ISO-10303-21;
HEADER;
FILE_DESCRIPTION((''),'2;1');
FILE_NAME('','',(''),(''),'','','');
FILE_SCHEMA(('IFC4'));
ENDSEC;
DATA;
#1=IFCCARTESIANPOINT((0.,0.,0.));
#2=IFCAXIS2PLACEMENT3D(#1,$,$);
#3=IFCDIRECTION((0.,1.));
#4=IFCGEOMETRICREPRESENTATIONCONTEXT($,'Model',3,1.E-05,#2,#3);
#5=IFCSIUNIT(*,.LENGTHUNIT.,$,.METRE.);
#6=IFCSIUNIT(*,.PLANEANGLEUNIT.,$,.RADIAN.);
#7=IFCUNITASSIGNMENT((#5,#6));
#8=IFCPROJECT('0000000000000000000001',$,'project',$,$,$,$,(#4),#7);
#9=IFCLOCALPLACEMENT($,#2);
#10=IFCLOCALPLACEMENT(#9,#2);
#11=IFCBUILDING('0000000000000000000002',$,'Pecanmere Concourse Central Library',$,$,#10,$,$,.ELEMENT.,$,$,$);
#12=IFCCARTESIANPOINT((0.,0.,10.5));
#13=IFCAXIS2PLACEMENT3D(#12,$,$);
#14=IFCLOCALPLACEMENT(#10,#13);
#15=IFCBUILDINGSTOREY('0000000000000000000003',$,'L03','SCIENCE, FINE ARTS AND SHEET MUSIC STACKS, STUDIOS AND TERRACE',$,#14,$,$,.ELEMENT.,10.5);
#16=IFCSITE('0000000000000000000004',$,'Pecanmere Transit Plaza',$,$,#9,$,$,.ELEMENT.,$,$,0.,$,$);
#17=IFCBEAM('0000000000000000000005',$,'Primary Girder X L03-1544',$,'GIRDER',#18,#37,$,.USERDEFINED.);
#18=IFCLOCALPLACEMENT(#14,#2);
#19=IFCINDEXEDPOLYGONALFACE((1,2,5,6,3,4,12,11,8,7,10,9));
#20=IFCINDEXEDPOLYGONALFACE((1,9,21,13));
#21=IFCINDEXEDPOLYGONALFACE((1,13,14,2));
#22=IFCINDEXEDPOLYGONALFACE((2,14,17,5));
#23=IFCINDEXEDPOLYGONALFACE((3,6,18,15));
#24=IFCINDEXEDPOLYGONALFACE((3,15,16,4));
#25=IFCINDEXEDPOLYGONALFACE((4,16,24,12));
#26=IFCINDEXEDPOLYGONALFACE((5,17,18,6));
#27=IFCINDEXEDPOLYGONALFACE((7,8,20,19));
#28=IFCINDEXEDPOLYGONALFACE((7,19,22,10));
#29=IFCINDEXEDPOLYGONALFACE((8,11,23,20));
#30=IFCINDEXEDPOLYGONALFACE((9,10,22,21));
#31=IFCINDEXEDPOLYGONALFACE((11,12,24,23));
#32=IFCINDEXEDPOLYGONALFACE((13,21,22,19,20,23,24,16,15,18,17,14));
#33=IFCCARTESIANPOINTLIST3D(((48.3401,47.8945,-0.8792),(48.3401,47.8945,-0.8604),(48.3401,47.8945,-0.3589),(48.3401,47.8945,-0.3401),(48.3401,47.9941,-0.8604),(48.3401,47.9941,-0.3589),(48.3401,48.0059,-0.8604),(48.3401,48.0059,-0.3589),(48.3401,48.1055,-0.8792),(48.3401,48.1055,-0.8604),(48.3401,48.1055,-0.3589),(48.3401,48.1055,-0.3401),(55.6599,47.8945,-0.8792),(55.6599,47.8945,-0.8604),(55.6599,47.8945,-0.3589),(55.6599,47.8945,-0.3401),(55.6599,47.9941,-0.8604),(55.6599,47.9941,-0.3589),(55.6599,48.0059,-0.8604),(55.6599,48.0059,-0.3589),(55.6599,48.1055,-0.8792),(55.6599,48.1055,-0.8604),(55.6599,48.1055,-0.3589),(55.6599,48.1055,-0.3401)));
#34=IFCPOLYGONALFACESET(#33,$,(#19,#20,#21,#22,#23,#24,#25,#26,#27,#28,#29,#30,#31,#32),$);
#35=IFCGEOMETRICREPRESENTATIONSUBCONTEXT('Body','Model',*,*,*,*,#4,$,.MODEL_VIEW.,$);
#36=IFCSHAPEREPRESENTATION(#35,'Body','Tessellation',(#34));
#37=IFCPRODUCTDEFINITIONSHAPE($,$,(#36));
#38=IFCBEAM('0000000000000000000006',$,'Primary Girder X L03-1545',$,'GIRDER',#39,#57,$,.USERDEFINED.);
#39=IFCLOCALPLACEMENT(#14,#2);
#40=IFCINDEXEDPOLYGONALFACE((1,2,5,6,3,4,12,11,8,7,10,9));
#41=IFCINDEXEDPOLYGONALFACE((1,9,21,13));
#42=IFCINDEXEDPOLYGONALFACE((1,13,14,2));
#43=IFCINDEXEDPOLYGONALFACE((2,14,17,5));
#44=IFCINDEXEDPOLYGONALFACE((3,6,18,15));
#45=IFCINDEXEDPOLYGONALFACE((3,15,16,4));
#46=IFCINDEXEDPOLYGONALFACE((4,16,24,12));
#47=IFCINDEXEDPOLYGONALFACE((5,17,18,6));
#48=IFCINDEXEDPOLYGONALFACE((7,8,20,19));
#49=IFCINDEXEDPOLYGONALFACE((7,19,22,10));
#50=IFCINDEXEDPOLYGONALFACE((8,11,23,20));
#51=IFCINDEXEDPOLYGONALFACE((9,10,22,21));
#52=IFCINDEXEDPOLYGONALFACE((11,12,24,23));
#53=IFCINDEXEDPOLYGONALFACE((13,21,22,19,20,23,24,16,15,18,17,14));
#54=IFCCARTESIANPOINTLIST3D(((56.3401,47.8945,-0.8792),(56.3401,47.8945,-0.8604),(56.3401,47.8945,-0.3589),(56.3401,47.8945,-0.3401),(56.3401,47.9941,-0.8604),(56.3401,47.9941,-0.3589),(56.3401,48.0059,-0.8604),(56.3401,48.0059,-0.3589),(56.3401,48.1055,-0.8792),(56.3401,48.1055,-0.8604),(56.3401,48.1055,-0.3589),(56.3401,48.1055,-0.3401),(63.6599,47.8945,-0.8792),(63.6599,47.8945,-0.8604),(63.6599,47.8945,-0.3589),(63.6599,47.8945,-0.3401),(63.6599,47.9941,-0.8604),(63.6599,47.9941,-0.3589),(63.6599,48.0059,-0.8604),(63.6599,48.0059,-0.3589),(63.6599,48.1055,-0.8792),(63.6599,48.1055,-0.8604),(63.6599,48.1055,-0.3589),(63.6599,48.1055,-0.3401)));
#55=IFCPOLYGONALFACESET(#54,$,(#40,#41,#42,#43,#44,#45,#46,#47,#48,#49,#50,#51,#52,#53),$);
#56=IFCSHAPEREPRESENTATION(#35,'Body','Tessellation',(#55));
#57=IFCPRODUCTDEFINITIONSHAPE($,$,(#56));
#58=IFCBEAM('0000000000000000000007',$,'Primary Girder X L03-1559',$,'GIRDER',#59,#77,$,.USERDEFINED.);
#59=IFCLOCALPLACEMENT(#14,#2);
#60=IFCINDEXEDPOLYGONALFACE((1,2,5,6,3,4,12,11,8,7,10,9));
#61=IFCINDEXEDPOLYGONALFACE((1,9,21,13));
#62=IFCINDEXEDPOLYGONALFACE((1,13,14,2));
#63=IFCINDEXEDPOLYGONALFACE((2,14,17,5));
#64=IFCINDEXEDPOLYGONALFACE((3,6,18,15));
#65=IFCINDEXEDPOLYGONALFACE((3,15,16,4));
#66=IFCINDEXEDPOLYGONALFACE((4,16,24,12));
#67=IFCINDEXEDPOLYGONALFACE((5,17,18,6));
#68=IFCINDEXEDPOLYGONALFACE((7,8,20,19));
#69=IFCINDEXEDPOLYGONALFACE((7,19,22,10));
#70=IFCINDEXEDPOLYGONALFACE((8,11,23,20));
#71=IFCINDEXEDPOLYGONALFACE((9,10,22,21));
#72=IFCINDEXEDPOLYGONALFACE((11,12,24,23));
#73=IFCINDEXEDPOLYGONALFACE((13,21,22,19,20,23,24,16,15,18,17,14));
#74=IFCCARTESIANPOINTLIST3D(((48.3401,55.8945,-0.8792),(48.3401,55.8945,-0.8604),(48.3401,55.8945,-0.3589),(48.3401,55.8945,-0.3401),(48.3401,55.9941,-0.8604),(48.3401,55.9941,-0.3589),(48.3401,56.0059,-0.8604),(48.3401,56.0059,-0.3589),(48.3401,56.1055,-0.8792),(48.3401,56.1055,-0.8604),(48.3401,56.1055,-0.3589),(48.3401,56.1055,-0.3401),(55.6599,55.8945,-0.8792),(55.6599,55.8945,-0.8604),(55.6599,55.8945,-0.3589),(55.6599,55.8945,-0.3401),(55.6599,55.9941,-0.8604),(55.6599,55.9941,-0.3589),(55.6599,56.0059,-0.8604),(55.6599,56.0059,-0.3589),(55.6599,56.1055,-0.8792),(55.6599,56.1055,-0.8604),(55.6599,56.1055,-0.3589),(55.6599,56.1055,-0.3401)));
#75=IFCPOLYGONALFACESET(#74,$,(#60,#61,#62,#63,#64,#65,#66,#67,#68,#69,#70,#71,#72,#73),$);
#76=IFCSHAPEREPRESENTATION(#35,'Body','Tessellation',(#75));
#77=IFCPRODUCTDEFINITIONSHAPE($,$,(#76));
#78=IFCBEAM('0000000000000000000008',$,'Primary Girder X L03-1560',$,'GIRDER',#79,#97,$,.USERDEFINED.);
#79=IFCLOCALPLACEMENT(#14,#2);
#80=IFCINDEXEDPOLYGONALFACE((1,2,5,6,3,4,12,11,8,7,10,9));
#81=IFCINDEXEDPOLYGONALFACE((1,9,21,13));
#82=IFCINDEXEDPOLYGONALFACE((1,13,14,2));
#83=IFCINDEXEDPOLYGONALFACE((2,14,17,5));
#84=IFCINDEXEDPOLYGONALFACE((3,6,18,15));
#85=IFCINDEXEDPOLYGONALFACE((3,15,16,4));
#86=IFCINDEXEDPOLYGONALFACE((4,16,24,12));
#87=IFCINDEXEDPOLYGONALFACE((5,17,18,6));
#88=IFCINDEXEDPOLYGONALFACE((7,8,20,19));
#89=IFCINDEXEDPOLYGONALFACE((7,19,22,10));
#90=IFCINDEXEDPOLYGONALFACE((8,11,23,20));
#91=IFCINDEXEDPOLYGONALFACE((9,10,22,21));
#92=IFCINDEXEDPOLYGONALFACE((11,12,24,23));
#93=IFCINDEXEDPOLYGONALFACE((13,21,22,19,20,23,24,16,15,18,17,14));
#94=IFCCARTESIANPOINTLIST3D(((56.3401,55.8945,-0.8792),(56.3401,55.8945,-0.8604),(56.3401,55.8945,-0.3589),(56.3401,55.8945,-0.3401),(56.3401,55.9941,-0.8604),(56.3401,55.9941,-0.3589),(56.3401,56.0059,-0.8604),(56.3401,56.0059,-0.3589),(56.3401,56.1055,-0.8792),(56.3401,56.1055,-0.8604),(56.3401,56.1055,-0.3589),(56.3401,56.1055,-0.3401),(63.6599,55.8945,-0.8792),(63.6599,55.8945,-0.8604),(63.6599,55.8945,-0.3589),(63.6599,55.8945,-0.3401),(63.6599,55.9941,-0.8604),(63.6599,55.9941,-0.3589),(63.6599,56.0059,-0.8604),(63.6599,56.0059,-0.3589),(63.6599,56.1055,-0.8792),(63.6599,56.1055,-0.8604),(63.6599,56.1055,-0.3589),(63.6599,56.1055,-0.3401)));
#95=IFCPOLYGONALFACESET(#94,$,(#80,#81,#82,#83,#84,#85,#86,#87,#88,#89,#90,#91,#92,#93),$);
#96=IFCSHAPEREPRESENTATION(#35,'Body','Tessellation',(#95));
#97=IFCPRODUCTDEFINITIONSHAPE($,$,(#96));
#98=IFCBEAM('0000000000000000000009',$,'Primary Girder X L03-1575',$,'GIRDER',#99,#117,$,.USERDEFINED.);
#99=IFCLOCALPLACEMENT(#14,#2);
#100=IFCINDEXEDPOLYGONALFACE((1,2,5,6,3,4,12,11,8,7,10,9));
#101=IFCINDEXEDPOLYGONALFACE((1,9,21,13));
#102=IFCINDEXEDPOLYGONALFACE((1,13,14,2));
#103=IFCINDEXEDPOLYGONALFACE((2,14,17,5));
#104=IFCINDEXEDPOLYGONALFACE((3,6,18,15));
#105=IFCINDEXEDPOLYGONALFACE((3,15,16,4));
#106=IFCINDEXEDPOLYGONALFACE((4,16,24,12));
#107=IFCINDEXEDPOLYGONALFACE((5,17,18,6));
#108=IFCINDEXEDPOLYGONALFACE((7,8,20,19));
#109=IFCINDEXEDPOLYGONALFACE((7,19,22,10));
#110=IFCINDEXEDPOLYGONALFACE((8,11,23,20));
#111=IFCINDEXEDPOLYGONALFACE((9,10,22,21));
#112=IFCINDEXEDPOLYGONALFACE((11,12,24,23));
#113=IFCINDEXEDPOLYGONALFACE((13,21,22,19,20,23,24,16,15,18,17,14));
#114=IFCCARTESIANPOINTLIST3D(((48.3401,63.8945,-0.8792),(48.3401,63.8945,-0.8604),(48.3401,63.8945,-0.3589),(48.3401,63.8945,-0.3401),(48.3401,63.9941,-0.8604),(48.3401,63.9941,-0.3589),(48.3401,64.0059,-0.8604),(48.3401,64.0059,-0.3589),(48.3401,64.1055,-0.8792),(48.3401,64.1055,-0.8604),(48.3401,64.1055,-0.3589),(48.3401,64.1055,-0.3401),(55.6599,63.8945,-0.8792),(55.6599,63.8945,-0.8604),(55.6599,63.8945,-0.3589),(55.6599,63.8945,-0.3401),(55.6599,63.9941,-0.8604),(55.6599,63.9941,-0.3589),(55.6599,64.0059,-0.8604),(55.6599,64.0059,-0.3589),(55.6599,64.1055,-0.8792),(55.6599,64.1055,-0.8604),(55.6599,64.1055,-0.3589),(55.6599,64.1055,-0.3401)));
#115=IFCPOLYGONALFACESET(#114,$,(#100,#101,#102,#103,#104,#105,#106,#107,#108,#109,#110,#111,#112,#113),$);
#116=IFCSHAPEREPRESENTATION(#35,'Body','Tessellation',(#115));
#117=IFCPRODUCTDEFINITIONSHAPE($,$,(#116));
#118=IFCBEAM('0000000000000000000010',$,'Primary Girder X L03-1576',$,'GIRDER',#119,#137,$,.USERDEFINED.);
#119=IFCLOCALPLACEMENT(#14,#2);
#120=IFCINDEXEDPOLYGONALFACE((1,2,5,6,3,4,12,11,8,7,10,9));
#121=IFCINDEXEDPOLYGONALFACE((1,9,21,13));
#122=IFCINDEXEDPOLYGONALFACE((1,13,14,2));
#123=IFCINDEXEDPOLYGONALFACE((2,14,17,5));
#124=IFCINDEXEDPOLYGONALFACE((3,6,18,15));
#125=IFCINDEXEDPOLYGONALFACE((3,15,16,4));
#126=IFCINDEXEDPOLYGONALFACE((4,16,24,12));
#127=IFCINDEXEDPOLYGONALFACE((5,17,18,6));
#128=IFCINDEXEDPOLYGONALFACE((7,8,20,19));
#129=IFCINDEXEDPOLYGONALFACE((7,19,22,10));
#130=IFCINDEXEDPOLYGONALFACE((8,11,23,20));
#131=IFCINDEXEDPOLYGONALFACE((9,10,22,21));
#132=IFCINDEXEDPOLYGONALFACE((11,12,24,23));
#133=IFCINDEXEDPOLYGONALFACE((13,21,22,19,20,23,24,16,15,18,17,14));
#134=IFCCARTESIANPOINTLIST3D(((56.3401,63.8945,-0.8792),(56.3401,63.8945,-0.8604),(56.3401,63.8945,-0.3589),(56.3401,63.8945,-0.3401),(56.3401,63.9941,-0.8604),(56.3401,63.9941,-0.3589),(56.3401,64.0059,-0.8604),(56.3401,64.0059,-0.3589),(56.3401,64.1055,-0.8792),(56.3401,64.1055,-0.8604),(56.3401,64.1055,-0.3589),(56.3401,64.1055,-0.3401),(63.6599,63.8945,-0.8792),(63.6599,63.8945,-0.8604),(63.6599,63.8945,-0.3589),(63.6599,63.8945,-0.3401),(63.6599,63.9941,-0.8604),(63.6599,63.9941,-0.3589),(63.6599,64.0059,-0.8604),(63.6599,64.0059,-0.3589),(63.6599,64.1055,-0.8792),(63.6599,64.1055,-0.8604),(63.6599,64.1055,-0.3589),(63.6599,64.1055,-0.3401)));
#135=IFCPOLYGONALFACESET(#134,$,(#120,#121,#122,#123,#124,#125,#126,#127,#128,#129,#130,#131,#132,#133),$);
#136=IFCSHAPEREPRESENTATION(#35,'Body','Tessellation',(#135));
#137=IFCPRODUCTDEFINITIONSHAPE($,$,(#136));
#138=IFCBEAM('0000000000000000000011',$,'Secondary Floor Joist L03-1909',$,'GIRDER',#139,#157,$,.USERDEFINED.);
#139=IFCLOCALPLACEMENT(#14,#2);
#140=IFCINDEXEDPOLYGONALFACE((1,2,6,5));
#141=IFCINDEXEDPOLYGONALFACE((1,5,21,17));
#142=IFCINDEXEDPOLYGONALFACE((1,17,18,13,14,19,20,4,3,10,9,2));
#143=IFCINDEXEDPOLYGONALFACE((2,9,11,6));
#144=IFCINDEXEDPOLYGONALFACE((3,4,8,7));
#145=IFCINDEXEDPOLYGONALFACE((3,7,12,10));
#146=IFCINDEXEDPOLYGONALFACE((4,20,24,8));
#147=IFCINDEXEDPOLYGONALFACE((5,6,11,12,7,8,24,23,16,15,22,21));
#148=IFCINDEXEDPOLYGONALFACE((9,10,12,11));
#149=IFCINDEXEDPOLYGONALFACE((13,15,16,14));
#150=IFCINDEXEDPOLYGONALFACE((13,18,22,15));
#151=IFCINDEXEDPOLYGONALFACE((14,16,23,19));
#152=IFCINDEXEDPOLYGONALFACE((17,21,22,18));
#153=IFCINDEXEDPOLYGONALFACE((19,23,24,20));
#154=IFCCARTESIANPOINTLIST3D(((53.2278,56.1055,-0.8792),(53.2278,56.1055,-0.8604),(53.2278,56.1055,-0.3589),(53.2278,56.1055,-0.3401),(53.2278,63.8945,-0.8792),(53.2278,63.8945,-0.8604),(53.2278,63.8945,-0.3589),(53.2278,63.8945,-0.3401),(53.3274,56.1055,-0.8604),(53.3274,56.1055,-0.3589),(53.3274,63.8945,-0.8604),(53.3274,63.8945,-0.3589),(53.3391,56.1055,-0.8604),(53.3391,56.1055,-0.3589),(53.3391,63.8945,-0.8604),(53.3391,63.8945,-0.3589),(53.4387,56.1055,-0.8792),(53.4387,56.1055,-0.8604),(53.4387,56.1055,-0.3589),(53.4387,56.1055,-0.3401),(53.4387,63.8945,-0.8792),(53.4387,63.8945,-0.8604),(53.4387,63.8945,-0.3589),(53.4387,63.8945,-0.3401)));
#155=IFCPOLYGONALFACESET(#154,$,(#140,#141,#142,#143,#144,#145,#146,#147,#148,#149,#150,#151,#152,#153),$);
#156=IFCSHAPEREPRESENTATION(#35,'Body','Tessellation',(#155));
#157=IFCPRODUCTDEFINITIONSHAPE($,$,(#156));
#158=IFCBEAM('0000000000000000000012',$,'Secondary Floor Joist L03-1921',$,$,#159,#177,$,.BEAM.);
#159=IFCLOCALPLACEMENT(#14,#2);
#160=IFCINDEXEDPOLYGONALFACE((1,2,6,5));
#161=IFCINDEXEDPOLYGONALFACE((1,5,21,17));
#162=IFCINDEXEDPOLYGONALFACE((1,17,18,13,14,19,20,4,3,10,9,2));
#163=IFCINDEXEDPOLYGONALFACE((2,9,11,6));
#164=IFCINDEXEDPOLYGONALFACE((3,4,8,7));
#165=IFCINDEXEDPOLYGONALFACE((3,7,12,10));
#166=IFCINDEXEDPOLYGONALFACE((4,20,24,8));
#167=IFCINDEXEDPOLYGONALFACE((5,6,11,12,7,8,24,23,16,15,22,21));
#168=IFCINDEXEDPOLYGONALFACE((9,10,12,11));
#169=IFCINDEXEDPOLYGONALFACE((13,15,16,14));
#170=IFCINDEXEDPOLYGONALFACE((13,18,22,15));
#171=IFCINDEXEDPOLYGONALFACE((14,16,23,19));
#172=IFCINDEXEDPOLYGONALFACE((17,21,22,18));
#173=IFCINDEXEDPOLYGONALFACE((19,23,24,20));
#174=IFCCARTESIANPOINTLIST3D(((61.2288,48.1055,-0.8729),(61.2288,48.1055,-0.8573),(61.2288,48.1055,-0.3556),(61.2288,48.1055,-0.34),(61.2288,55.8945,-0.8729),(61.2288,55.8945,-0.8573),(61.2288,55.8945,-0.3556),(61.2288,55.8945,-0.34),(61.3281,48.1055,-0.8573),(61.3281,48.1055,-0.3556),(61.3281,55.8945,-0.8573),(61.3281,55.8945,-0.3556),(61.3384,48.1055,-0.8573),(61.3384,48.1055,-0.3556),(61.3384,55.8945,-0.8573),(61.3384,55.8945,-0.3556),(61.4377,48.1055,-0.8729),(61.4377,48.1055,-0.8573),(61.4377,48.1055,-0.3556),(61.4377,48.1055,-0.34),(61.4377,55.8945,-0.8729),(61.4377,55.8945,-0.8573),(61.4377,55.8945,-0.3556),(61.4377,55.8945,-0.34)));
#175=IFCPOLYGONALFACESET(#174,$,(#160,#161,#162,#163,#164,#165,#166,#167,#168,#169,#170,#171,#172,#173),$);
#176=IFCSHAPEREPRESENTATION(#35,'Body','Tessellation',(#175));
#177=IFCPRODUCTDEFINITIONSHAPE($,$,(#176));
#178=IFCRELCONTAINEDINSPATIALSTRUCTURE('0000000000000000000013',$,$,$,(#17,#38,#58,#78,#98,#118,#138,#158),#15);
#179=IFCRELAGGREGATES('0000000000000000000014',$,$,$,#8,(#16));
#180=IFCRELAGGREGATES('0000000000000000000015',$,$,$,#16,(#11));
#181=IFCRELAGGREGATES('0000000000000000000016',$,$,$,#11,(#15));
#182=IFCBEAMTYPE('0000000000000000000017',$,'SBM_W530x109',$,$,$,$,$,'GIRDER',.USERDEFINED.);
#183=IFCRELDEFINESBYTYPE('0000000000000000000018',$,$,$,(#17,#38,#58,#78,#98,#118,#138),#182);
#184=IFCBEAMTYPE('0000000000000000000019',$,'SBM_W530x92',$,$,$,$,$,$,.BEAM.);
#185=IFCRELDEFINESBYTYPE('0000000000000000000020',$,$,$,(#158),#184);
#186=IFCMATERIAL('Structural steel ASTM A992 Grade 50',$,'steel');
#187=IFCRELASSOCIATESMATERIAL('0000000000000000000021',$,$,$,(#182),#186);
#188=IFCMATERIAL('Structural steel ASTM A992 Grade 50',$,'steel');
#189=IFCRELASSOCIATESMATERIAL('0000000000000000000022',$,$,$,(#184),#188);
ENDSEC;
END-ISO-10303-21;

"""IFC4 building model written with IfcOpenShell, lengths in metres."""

from ifc_helpers import new_model, si_unit, direction, frame, origin, origin_2d, place, context, subcontext, project, spatial, i_section, extrude, material, material_profile, profile_set, type_object, element, save


model = new_model("IFC4")

# Units and contexts
model_context = context("Model", 3, precision=1e-05, world=origin(), true_north=direction((0.0, 1.0)))
body_context = subcontext(model_context, "Body", "Model", "MODEL_VIEW")
ifc_project = project(units=[si_unit("LENGTHUNIT", "METRE"), si_unit("PLANEANGLEUNIT", "RADIAN")], contexts=[model_context])

# Site, building, storey
site_placement = place(None, origin())
site = spatial("IfcSite", under=ifc_project, at=site_placement, Name="Pecanmere Transit Plaza", CompositionType="ELEMENT", RefElevation=0.0)
building_placement = place(site_placement, origin())
building = spatial("IfcBuilding", under=site, at=building_placement, Name="Pecanmere Concourse Central Library", CompositionType="ELEMENT")
storey_placement = place(building_placement, frame((0.0, 0.0, 10.5)))
storey = spatial("IfcBuildingStorey", under=building, at=storey_placement, Name="L03", Description="SCIENCE, FINE ARTS AND SHEET MUSIC STACKS, STUDIOS AND TERRACE", CompositionType="ELEMENT", Elevation=10.5)

# Beams
ifc_material_1 = material(Name="Structural steel ASTM A992 Grade 50", Category="steel")
ifc_material_profile_1 = material_profile(ifc_material_1, i_section(OverallWidth=0.2109, OverallDepth=0.5391, WebThickness=0.0117, FlangeThickness=0.0188, at=origin_2d()), Name="W530x109")
ifc_profile_set_1 = profile_set([ifc_material_profile_1], Name="Structural steel ASTM A992 Grade 50")
beam_type_1 = type_object("IfcBeamType", Name="SBM_W530x109", ElementType="GIRDER", PredefinedType="USERDEFINED", material=ifc_profile_set_1)
for number, where, z_axis, x_axis, name in (
    (1, (48.3401, 48.0, -0.6096), (1.0, 0.0, 0.0), (0.0, 1.0, 0.0), "Primary Girder X L03-1544"),
    (2, (56.3401, 48.0, -0.6096), (1.0, 0.0, 0.0), (0.0, 1.0, 0.0), "Primary Girder X L03-1545"),
    (3, (48.3401, 56.0, -0.6096), (1.0, 0.0, 0.0), (0.0, 1.0, 0.0), "Primary Girder X L03-1559"),
    (4, (56.3401, 56.0, -0.6096), (1.0, 0.0, 0.0), (0.0, 1.0, 0.0), "Primary Girder X L03-1560"),
    (5, (48.3401, 64.0, -0.6096), (1.0, 0.0, 0.0), (0.0, 1.0, 0.0), "Primary Girder X L03-1575"),
    (6, (56.3401, 64.0, -0.6096), (1.0, 0.0, 0.0), (0.0, 1.0, 0.0), "Primary Girder X L03-1576"),
):
    element("IfcBeam", number, at=place(storey_placement, frame(where, z_axis=z_axis, x_axis=x_axis)), inside=storey, type_object=beam_type_1, Name=name, ObjectType="GIRDER", PredefinedType="USERDEFINED", context=body_context, shape_type="SweptSolid", body=[
        extrude(i_section(OverallWidth=0.2109, OverallDepth=0.5391, WebThickness=0.0117, FlangeThickness=0.0188, at=origin_2d()), origin(), (0.0, 0.0, 1.0), 7.3198),
    ])
beam_1_placement = place(storey_placement, frame((53.3333, 56.1055, -0.6096), z_axis=(0.0, 1.0, 0.0), x_axis=(-1.0, 0.0, 0.0)))
element("IfcBeam", 7, at=beam_1_placement, inside=storey, type_object=beam_type_1, Name="Secondary Floor Joist L03-1909", ObjectType="GIRDER", PredefinedType="USERDEFINED", context=body_context, shape_type="SweptSolid", body=[
    extrude(i_section(OverallWidth=0.2109, OverallDepth=0.5391, WebThickness=0.0117, FlangeThickness=0.0188, at=origin_2d()), origin(), (0.0, 0.0, 1.0), 7.7891),
])
ifc_material_2 = material(Name="Structural steel ASTM A992 Grade 50", Category="steel")
ifc_material_profile_2 = material_profile(ifc_material_2, i_section(OverallWidth=0.209, OverallDepth=0.533, WebThickness=0.0103, FlangeThickness=0.0156, at=origin_2d()), Name="W530x92")
ifc_profile_set_2 = profile_set([ifc_material_profile_2], Name="Structural steel ASTM A992 Grade 50")
beam_type_2 = type_object("IfcBeamType", Name="SBM_W530x92", PredefinedType="BEAM", material=ifc_profile_set_2)
beam_2_placement = place(storey_placement, frame((61.3333, 48.1055, -0.6064), z_axis=(0.0, 1.0, 0.0), x_axis=(-1.0, 0.0, 0.0)))
element("IfcBeam", 8, at=beam_2_placement, inside=storey, type_object=beam_type_2, Name="Secondary Floor Joist L03-1921", PredefinedType="BEAM", context=body_context, shape_type="SweptSolid", body=[
    extrude(i_section(OverallWidth=0.209, OverallDepth=0.533, WebThickness=0.0103, FlangeThickness=0.0156, at=origin_2d()), origin(), (0.0, 0.0, 1.0), 7.7891),
])

save(model, "model.ifc")
